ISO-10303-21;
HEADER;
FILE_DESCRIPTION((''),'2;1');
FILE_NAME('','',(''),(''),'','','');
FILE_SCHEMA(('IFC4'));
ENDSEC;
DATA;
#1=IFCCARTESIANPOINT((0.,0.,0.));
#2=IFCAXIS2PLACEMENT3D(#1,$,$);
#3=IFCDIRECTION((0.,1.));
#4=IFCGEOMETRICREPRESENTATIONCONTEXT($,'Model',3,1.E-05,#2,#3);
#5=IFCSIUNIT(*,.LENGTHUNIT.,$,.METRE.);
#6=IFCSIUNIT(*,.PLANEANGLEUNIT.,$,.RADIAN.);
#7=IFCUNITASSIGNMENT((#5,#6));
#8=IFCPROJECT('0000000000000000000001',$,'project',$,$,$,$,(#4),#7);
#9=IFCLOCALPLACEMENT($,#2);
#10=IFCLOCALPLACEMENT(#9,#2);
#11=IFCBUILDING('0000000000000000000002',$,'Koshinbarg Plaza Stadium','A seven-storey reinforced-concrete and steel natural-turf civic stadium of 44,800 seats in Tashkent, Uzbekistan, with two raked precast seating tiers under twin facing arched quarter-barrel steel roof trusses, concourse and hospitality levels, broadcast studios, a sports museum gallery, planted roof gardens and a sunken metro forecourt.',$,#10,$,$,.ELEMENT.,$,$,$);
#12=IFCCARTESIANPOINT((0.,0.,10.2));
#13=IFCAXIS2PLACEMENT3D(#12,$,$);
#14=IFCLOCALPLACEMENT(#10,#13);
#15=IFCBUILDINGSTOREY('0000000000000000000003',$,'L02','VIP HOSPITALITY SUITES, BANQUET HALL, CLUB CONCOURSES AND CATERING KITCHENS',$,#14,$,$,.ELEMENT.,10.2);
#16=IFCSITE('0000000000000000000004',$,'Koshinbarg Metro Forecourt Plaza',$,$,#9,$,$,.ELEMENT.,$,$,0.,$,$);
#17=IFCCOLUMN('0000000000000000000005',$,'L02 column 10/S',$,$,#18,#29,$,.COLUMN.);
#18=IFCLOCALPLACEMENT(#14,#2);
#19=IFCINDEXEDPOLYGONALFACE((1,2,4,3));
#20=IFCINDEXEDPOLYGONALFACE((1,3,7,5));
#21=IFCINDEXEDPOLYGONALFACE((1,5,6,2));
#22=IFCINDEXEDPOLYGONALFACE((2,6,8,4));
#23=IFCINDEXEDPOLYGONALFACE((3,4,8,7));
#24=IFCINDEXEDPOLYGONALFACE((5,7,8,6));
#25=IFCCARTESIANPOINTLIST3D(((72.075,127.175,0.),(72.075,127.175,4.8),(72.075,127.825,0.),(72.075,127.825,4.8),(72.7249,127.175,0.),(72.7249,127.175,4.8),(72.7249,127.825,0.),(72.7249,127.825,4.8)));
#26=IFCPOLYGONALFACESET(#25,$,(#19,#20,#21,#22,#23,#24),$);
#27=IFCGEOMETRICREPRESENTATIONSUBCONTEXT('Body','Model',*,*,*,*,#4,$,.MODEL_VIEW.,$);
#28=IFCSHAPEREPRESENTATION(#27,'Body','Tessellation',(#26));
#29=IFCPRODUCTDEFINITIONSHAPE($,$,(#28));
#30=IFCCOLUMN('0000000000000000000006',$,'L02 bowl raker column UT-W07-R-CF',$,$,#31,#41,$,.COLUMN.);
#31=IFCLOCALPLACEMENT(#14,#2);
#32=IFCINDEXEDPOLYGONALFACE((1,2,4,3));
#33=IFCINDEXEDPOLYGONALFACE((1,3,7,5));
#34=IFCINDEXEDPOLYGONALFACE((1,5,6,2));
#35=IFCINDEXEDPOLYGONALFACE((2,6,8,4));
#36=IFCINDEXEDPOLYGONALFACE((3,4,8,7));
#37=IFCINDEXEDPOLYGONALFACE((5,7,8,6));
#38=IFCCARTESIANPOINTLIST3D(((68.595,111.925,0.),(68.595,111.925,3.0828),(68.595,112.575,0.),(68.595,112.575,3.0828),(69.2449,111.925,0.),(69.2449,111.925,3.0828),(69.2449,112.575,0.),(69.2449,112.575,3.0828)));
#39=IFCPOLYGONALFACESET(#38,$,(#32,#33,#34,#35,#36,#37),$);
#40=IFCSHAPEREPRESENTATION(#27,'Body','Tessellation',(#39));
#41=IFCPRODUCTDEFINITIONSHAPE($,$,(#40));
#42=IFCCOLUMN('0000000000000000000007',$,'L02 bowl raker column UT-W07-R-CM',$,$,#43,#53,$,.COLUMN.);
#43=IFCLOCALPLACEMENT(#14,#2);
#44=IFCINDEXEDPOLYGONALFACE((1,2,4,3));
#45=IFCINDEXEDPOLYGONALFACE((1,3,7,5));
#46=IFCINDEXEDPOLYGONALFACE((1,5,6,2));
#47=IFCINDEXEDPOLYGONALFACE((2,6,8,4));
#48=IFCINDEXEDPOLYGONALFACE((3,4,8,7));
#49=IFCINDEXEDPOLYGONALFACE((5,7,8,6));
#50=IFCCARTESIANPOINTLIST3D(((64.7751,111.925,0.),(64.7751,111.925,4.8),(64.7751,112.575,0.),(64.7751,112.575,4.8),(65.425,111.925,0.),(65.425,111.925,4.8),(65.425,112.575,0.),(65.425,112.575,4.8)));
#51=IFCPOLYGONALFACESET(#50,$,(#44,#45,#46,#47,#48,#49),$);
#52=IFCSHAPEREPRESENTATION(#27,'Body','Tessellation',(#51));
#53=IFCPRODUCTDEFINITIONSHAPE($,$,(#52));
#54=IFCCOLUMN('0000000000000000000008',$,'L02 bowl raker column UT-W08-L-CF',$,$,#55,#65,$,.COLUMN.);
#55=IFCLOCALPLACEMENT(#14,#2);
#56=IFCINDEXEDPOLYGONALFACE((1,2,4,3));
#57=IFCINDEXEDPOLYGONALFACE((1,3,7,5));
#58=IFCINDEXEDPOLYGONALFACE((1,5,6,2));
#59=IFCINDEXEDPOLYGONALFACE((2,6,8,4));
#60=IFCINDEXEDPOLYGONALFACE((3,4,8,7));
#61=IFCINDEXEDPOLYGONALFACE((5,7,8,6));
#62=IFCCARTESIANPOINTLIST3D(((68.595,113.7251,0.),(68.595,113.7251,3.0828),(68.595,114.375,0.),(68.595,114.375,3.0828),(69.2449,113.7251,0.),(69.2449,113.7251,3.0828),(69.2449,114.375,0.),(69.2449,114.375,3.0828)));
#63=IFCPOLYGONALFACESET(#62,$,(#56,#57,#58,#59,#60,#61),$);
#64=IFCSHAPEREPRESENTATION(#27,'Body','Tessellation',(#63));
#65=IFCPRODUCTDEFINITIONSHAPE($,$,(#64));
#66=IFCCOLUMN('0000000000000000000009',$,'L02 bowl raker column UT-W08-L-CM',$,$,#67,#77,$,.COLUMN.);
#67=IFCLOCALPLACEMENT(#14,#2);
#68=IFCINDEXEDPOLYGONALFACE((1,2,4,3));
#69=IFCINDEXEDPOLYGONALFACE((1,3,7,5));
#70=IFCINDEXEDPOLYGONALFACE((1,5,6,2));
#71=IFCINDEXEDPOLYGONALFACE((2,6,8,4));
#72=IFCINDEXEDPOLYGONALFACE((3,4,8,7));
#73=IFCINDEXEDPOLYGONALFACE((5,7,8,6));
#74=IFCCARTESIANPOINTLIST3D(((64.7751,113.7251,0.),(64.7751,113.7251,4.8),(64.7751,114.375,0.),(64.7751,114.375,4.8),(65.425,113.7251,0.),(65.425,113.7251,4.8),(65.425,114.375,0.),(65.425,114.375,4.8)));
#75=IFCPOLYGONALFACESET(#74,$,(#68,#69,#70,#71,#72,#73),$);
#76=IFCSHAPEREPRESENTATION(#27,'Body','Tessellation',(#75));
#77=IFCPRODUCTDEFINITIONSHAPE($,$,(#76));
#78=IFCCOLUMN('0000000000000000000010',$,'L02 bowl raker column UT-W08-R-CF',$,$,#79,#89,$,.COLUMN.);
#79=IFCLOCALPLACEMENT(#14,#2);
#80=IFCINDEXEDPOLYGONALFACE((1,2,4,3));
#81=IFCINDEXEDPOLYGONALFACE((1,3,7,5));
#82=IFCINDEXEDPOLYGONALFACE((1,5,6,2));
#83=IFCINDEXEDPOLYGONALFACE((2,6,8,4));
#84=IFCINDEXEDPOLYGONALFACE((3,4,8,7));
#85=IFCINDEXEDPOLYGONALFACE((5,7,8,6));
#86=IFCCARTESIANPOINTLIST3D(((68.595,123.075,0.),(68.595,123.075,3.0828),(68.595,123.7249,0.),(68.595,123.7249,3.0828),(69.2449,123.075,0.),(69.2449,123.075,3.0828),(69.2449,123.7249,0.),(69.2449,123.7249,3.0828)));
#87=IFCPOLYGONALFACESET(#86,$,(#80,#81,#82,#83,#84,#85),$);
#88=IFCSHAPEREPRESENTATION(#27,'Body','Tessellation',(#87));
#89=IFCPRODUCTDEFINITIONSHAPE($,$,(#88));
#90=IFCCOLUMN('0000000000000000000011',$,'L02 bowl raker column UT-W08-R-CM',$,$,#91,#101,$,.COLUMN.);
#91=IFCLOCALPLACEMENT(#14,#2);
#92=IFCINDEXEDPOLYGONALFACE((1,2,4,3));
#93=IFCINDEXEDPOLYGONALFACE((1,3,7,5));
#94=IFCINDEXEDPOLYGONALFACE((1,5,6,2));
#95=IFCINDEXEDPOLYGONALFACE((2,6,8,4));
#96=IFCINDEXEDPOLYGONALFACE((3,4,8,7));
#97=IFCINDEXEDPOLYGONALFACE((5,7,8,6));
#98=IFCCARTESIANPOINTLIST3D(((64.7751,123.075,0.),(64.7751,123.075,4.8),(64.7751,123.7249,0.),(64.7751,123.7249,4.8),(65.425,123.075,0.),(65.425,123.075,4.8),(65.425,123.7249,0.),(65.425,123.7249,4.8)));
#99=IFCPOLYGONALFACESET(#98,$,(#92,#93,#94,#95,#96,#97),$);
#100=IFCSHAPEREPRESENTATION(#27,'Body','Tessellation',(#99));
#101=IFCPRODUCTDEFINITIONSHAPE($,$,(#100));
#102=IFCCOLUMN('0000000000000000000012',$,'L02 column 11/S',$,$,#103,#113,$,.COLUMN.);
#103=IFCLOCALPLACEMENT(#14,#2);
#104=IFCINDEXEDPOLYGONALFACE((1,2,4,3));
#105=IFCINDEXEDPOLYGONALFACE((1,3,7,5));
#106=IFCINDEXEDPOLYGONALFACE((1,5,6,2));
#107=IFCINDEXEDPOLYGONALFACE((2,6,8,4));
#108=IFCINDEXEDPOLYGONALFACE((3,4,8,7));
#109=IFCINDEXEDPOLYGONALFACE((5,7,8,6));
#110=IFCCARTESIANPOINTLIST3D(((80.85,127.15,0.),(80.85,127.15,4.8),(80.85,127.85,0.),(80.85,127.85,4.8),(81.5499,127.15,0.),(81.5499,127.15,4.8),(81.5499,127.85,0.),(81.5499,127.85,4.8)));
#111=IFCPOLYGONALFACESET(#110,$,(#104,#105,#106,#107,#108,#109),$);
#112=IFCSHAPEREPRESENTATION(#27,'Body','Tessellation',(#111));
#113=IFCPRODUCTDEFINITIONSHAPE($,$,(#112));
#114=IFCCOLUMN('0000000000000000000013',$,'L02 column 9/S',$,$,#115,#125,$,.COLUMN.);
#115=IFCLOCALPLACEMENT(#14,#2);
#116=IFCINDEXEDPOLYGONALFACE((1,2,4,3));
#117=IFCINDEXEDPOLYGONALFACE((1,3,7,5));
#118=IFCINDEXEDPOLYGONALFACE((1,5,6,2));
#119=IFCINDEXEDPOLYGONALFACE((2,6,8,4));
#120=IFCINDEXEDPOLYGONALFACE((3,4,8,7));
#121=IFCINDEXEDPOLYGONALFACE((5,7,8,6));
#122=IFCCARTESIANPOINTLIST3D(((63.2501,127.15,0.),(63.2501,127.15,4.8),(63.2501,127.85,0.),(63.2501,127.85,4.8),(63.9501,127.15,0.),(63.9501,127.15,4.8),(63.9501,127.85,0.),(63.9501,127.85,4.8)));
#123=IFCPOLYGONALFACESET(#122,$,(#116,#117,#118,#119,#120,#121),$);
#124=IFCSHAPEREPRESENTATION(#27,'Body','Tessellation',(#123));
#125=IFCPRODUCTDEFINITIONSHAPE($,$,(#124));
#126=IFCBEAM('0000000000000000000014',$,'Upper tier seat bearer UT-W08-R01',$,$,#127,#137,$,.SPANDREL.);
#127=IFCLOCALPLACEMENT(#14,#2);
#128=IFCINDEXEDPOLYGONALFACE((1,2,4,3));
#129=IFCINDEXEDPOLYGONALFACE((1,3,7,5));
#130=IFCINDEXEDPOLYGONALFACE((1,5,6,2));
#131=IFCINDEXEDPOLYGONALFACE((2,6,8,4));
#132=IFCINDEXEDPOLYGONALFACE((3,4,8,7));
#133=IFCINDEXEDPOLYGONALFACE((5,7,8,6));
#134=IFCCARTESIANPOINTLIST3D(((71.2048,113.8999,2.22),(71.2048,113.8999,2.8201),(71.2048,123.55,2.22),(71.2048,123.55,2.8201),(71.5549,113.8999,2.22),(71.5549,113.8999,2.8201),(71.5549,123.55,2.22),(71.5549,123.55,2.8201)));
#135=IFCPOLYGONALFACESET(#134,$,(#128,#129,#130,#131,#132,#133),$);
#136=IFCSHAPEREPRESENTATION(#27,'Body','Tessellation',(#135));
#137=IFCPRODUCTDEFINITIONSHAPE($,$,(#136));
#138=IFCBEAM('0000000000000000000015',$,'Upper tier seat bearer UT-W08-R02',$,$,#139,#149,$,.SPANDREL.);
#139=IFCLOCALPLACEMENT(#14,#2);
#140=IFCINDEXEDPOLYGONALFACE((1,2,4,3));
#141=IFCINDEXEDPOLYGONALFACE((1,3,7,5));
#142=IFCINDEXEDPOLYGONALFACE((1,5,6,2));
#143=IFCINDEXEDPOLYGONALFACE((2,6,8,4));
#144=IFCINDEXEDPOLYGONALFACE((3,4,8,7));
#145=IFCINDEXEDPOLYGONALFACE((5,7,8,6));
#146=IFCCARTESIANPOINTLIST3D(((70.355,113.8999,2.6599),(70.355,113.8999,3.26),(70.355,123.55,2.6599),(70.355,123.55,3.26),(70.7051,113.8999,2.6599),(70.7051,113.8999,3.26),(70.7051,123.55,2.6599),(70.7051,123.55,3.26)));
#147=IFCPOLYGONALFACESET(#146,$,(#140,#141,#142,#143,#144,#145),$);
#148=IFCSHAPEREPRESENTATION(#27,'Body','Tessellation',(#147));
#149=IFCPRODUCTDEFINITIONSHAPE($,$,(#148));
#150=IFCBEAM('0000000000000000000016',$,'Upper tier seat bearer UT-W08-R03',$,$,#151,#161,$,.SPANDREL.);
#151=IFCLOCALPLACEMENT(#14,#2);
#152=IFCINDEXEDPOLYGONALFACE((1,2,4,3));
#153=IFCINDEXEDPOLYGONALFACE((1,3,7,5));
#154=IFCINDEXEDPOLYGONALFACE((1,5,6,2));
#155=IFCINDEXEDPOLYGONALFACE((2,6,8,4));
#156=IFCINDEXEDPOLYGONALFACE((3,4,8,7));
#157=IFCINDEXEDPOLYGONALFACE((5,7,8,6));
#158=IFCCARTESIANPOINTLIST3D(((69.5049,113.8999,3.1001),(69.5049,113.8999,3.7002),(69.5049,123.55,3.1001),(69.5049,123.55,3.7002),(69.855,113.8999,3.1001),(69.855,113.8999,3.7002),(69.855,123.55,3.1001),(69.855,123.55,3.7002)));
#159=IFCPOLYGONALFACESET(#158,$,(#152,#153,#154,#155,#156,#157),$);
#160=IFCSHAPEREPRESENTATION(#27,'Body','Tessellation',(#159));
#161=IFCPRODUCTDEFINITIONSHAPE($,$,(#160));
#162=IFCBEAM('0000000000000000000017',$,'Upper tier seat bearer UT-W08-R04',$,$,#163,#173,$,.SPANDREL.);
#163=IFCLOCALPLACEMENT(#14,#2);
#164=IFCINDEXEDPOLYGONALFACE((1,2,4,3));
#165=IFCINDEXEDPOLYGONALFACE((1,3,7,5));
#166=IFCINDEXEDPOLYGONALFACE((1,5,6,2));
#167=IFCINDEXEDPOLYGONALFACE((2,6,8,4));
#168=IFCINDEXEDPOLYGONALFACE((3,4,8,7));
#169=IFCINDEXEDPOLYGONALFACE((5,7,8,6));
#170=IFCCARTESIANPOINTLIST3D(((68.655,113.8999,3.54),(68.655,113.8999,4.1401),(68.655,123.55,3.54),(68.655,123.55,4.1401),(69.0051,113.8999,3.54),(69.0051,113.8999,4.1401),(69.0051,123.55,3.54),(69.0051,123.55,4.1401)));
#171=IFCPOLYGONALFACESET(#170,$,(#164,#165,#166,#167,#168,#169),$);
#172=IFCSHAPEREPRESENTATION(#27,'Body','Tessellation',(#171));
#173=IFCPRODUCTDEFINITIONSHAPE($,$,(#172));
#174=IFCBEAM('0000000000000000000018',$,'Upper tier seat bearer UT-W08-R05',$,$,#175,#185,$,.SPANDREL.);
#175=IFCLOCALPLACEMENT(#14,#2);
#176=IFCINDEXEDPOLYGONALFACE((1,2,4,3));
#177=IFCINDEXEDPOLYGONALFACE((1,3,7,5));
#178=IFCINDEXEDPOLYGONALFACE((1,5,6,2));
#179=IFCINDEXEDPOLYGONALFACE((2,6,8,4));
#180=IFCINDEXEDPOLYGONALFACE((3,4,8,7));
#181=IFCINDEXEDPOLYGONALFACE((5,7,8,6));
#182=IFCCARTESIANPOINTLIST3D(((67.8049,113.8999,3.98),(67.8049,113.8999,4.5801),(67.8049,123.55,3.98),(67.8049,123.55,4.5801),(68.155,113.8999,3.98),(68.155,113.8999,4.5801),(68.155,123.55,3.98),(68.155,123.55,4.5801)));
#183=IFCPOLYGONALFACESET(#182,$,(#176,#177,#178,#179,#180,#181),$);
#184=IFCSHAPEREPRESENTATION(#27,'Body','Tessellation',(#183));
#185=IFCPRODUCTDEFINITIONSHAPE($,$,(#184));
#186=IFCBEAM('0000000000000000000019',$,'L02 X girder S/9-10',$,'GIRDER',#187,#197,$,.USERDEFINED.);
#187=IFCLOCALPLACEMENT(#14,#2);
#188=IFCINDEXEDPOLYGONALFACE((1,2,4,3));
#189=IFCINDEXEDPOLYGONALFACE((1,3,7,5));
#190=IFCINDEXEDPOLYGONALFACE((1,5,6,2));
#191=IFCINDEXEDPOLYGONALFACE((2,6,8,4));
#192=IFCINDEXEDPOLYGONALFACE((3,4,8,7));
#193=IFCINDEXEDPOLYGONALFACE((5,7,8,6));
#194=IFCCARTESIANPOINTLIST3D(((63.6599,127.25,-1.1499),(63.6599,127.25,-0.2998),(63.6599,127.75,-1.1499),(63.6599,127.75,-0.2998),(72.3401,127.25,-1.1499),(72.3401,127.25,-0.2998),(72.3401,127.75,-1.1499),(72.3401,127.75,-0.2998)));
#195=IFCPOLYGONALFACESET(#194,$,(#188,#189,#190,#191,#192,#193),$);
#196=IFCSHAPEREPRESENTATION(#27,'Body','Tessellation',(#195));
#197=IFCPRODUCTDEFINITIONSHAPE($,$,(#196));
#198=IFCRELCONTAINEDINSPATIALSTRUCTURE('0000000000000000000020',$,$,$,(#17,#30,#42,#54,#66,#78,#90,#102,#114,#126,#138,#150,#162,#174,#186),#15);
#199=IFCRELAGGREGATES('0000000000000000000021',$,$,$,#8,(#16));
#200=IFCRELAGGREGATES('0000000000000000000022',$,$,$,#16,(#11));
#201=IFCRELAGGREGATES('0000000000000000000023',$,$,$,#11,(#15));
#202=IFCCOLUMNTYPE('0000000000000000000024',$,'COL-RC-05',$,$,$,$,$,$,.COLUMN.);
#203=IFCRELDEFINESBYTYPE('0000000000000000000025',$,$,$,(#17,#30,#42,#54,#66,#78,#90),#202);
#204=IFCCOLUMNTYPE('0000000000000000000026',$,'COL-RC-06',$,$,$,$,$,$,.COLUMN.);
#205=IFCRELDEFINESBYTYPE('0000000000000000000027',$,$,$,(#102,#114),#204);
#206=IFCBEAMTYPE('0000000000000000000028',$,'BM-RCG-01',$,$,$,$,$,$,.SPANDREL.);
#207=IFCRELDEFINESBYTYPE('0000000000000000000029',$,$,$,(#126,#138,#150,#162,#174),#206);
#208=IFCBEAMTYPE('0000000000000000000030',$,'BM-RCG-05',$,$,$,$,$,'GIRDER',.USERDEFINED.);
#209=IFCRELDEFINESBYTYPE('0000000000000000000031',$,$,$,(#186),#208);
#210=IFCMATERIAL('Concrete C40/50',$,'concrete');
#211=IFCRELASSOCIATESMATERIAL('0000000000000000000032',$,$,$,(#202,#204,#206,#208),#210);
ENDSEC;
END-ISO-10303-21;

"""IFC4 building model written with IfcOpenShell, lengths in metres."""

from ifc_helpers import new_model, si_unit, direction, frame, origin, origin_2d, place, context, subcontext, project, spatial, rectangle, extrude, material, material_profile, profile_set, type_object, element, save


model = new_model("IFC4")

# Units and contexts
model_context = context("Model", 3, precision=1e-05, world=origin(), true_north=direction((0.0, 1.0)))
body_context = subcontext(model_context, "Body", "Model", "MODEL_VIEW")
ifc_project = project(units=[si_unit("LENGTHUNIT", "METRE"), si_unit("PLANEANGLEUNIT", "RADIAN")], contexts=[model_context])

# Site, building, storey
site_placement = place(None, origin())
site = spatial("IfcSite", under=ifc_project, at=site_placement, Name="Koshinbarg Metro Forecourt Plaza", CompositionType="ELEMENT", RefElevation=0.0)
building_placement = place(site_placement, origin())
building = spatial("IfcBuilding", under=site, at=building_placement, Name="Koshinbarg Plaza Stadium", Description="A seven-storey reinforced-concrete and steel natural-turf civic stadium of 44,800 seats in Tashkent, Uzbekistan, with two raked precast seating tiers under twin facing arched quarter-barrel steel roof trusses, concourse and hospitality levels, broadcast studios, a sports museum gallery, planted roof gardens and a sunken metro forecourt.", CompositionType="ELEMENT")
storey_placement = place(building_placement, frame((0.0, 0.0, 10.2)))
storey = spatial("IfcBuildingStorey", under=building, at=storey_placement, Name="L02", Description="VIP HOSPITALITY SUITES, BANQUET HALL, CLUB CONCOURSES AND CATERING KITCHENS", CompositionType="ELEMENT", Elevation=10.2)

# Columns
ifc_material_1 = material(Name="Concrete C40/50", Category="concrete")
ifc_material_profile_1 = material_profile(ifc_material_1, rectangle(XDim=0.6499, YDim=0.6499, at=origin_2d()), Name="RC 650x650")
ifc_profile_set_1 = profile_set([ifc_material_profile_1], Name="Concrete C40/50")
column_type_1 = type_object("IfcColumnType", Name="COL-RC-05", PredefinedType="COLUMN", material=ifc_profile_set_1)
column_1_placement = place(storey_placement, frame((72.3999, 127.5, 0.0), z_axis=(0.0, 0.0, 1.0), x_axis=(1.0, 0.0, 0.0)))
element("IfcColumn", 1, at=column_1_placement, inside=storey, type_object=column_type_1, Name="L02 column 10/S", PredefinedType="COLUMN", context=body_context, shape_type="SweptSolid", body=[
    extrude(rectangle(XDim=0.6499, YDim=0.6499, at=origin_2d()), origin(), (0.0, 0.0, 1.0), 4.8),
])
column_2_placement = place(storey_placement, frame((68.9199, 112.25, 0.0), z_axis=(0.0, 0.0, 1.0), x_axis=(1.0, 0.0, 0.0)))
element("IfcColumn", 2, at=column_2_placement, inside=storey, type_object=column_type_1, Name="L02 bowl raker column UT-W07-R-CF", PredefinedType="COLUMN", context=body_context, shape_type="SweptSolid", body=[
    extrude(rectangle(XDim=0.6499, YDim=0.6499, at=origin_2d()), origin(), (0.0, 0.0, 1.0), 3.0828),
])
column_3_placement = place(storey_placement, frame((65.1001, 112.25, 0.0), z_axis=(0.0, 0.0, 1.0), x_axis=(1.0, 0.0, 0.0)))
element("IfcColumn", 3, at=column_3_placement, inside=storey, type_object=column_type_1, Name="L02 bowl raker column UT-W07-R-CM", PredefinedType="COLUMN", context=body_context, shape_type="SweptSolid", body=[
    extrude(rectangle(XDim=0.6499, YDim=0.6499, at=origin_2d()), origin(), (0.0, 0.0, 1.0), 4.8),
])
column_4_placement = place(storey_placement, frame((68.9199, 114.05, 0.0), z_axis=(0.0, 0.0, 1.0), x_axis=(1.0, 0.0, 0.0)))
element("IfcColumn", 4, at=column_4_placement, inside=storey, type_object=column_type_1, Name="L02 bowl raker column UT-W08-L-CF", PredefinedType="COLUMN", context=body_context, shape_type="SweptSolid", body=[
    extrude(rectangle(XDim=0.6499, YDim=0.6499, at=origin_2d()), origin(), (0.0, 0.0, 1.0), 3.0828),
])
column_5_placement = place(storey_placement, frame((65.1001, 114.05, 0.0), z_axis=(0.0, 0.0, 1.0), x_axis=(1.0, 0.0, 0.0)))
element("IfcColumn", 5, at=column_5_placement, inside=storey, type_object=column_type_1, Name="L02 bowl raker column UT-W08-L-CM", PredefinedType="COLUMN", context=body_context, shape_type="SweptSolid", body=[
    extrude(rectangle(XDim=0.6499, YDim=0.6499, at=origin_2d()), origin(), (0.0, 0.0, 1.0), 4.8),
])
column_6_placement = place(storey_placement, frame((68.9199, 123.3999, 0.0), z_axis=(0.0, 0.0, 1.0), x_axis=(1.0, 0.0, 0.0)))
element("IfcColumn", 6, at=column_6_placement, inside=storey, type_object=column_type_1, Name="L02 bowl raker column UT-W08-R-CF", PredefinedType="COLUMN", context=body_context, shape_type="SweptSolid", body=[
    extrude(rectangle(XDim=0.6499, YDim=0.6499, at=origin_2d()), origin(), (0.0, 0.0, 1.0), 3.0828),
])
column_7_placement = place(storey_placement, frame((65.1001, 123.3999, 0.0), z_axis=(0.0, 0.0, 1.0), x_axis=(1.0, 0.0, 0.0)))
element("IfcColumn", 7, at=column_7_placement, inside=storey, type_object=column_type_1, Name="L02 bowl raker column UT-W08-R-CM", PredefinedType="COLUMN", context=body_context, shape_type="SweptSolid", body=[
    extrude(rectangle(XDim=0.6499, YDim=0.6499, at=origin_2d()), origin(), (0.0, 0.0, 1.0), 4.8),
])
ifc_material_profile_2 = material_profile(ifc_material_1, rectangle(XDim=0.7, YDim=0.7, at=origin_2d()), Name="RC 700x700")
ifc_profile_set_2 = profile_set([ifc_material_profile_2], Name="Concrete C40/50")
column_type_2 = type_object("IfcColumnType", Name="COL-RC-06", PredefinedType="COLUMN", material=ifc_profile_set_2)
for number, where, z_axis, x_axis, name in (
    (8, (81.2, 127.5, 0.0), (0.0, 0.0, 1.0), (1.0, 0.0, 0.0), "L02 column 11/S"),
    (9, (63.6001, 127.5, 0.0), (0.0, 0.0, 1.0), (1.0, 0.0, 0.0), "L02 column 9/S"),
):
    element("IfcColumn", number, at=place(storey_placement, frame(where, z_axis=z_axis, x_axis=x_axis)), inside=storey, type_object=column_type_2, Name=name, PredefinedType="COLUMN", context=body_context, shape_type="SweptSolid", body=[
        extrude(rectangle(XDim=0.7, YDim=0.7, at=origin_2d()), origin(), (0.0, 0.0, 1.0), 4.8),
    ])

# Beams
ifc_material_profile_3 = material_profile(ifc_material_1, rectangle(XDim=0.3501, YDim=0.6001, at=origin_2d()), Name="RC 350x600")
ifc_profile_set_3 = profile_set([ifc_material_profile_3], Name="Concrete C40/50")
beam_type_1 = type_object("IfcBeamType", Name="BM-RCG-01", PredefinedType="SPANDREL", material=ifc_profile_set_3)
for number, where, z_axis, x_axis, name in (
    (10, (71.3799, 113.8999, 2.52), (0.0, 1.0, 0.0), (-1.0, 0.0, 0.0), "Upper tier seat bearer UT-W08-R01"),
    (11, (70.53, 113.8999, 2.96), (0.0, 1.0, 0.0), (-1.0, 0.0, 0.0), "Upper tier seat bearer UT-W08-R02"),
    (12, (69.6799, 113.8999, 3.4001), (0.0, 1.0, 0.0), (-1.0, 0.0, 0.0), "Upper tier seat bearer UT-W08-R03"),
    (13, (68.8301, 113.8999, 3.8401), (0.0, 1.0, 0.0), (-1.0, 0.0, 0.0), "Upper tier seat bearer UT-W08-R04"),
    (14, (67.98, 113.8999, 4.28), (0.0, 1.0, 0.0), (-1.0, 0.0, 0.0), "Upper tier seat bearer UT-W08-R05"),
):
    element("IfcBeam", number, at=place(storey_placement, frame(where, z_axis=z_axis, x_axis=x_axis)), inside=storey, type_object=beam_type_1, Name=name, PredefinedType="SPANDREL", context=body_context, shape_type="SweptSolid", body=[
        extrude(rectangle(XDim=0.3501, YDim=0.6001, at=origin_2d()), origin(), (0.0, 0.0, 1.0), 9.6501),
    ])
ifc_material_profile_4 = material_profile(ifc_material_1, rectangle(XDim=0.5, YDim=0.8501, at=origin_2d()), Name="RC 500x850")
ifc_profile_set_4 = profile_set([ifc_material_profile_4], Name="Concrete C40/50")
beam_type_2 = type_object("IfcBeamType", Name="BM-RCG-05", ElementType="GIRDER", PredefinedType="USERDEFINED", material=ifc_profile_set_4)
beam_1_placement = place(storey_placement, frame((63.6599, 127.5, -0.7249), z_axis=(1.0, 0.0, 0.0), x_axis=(0.0, 1.0, 0.0)))
element("IfcBeam", 15, at=beam_1_placement, inside=storey, type_object=beam_type_2, Name="L02 X girder S/9-10", ObjectType="GIRDER", PredefinedType="USERDEFINED", context=body_context, shape_type="SweptSolid", body=[
    extrude(rectangle(XDim=0.5, YDim=0.8501, at=origin_2d()), origin(), (0.0, 0.0, 1.0), 8.6802),
])

save(model, "model.ifc")
